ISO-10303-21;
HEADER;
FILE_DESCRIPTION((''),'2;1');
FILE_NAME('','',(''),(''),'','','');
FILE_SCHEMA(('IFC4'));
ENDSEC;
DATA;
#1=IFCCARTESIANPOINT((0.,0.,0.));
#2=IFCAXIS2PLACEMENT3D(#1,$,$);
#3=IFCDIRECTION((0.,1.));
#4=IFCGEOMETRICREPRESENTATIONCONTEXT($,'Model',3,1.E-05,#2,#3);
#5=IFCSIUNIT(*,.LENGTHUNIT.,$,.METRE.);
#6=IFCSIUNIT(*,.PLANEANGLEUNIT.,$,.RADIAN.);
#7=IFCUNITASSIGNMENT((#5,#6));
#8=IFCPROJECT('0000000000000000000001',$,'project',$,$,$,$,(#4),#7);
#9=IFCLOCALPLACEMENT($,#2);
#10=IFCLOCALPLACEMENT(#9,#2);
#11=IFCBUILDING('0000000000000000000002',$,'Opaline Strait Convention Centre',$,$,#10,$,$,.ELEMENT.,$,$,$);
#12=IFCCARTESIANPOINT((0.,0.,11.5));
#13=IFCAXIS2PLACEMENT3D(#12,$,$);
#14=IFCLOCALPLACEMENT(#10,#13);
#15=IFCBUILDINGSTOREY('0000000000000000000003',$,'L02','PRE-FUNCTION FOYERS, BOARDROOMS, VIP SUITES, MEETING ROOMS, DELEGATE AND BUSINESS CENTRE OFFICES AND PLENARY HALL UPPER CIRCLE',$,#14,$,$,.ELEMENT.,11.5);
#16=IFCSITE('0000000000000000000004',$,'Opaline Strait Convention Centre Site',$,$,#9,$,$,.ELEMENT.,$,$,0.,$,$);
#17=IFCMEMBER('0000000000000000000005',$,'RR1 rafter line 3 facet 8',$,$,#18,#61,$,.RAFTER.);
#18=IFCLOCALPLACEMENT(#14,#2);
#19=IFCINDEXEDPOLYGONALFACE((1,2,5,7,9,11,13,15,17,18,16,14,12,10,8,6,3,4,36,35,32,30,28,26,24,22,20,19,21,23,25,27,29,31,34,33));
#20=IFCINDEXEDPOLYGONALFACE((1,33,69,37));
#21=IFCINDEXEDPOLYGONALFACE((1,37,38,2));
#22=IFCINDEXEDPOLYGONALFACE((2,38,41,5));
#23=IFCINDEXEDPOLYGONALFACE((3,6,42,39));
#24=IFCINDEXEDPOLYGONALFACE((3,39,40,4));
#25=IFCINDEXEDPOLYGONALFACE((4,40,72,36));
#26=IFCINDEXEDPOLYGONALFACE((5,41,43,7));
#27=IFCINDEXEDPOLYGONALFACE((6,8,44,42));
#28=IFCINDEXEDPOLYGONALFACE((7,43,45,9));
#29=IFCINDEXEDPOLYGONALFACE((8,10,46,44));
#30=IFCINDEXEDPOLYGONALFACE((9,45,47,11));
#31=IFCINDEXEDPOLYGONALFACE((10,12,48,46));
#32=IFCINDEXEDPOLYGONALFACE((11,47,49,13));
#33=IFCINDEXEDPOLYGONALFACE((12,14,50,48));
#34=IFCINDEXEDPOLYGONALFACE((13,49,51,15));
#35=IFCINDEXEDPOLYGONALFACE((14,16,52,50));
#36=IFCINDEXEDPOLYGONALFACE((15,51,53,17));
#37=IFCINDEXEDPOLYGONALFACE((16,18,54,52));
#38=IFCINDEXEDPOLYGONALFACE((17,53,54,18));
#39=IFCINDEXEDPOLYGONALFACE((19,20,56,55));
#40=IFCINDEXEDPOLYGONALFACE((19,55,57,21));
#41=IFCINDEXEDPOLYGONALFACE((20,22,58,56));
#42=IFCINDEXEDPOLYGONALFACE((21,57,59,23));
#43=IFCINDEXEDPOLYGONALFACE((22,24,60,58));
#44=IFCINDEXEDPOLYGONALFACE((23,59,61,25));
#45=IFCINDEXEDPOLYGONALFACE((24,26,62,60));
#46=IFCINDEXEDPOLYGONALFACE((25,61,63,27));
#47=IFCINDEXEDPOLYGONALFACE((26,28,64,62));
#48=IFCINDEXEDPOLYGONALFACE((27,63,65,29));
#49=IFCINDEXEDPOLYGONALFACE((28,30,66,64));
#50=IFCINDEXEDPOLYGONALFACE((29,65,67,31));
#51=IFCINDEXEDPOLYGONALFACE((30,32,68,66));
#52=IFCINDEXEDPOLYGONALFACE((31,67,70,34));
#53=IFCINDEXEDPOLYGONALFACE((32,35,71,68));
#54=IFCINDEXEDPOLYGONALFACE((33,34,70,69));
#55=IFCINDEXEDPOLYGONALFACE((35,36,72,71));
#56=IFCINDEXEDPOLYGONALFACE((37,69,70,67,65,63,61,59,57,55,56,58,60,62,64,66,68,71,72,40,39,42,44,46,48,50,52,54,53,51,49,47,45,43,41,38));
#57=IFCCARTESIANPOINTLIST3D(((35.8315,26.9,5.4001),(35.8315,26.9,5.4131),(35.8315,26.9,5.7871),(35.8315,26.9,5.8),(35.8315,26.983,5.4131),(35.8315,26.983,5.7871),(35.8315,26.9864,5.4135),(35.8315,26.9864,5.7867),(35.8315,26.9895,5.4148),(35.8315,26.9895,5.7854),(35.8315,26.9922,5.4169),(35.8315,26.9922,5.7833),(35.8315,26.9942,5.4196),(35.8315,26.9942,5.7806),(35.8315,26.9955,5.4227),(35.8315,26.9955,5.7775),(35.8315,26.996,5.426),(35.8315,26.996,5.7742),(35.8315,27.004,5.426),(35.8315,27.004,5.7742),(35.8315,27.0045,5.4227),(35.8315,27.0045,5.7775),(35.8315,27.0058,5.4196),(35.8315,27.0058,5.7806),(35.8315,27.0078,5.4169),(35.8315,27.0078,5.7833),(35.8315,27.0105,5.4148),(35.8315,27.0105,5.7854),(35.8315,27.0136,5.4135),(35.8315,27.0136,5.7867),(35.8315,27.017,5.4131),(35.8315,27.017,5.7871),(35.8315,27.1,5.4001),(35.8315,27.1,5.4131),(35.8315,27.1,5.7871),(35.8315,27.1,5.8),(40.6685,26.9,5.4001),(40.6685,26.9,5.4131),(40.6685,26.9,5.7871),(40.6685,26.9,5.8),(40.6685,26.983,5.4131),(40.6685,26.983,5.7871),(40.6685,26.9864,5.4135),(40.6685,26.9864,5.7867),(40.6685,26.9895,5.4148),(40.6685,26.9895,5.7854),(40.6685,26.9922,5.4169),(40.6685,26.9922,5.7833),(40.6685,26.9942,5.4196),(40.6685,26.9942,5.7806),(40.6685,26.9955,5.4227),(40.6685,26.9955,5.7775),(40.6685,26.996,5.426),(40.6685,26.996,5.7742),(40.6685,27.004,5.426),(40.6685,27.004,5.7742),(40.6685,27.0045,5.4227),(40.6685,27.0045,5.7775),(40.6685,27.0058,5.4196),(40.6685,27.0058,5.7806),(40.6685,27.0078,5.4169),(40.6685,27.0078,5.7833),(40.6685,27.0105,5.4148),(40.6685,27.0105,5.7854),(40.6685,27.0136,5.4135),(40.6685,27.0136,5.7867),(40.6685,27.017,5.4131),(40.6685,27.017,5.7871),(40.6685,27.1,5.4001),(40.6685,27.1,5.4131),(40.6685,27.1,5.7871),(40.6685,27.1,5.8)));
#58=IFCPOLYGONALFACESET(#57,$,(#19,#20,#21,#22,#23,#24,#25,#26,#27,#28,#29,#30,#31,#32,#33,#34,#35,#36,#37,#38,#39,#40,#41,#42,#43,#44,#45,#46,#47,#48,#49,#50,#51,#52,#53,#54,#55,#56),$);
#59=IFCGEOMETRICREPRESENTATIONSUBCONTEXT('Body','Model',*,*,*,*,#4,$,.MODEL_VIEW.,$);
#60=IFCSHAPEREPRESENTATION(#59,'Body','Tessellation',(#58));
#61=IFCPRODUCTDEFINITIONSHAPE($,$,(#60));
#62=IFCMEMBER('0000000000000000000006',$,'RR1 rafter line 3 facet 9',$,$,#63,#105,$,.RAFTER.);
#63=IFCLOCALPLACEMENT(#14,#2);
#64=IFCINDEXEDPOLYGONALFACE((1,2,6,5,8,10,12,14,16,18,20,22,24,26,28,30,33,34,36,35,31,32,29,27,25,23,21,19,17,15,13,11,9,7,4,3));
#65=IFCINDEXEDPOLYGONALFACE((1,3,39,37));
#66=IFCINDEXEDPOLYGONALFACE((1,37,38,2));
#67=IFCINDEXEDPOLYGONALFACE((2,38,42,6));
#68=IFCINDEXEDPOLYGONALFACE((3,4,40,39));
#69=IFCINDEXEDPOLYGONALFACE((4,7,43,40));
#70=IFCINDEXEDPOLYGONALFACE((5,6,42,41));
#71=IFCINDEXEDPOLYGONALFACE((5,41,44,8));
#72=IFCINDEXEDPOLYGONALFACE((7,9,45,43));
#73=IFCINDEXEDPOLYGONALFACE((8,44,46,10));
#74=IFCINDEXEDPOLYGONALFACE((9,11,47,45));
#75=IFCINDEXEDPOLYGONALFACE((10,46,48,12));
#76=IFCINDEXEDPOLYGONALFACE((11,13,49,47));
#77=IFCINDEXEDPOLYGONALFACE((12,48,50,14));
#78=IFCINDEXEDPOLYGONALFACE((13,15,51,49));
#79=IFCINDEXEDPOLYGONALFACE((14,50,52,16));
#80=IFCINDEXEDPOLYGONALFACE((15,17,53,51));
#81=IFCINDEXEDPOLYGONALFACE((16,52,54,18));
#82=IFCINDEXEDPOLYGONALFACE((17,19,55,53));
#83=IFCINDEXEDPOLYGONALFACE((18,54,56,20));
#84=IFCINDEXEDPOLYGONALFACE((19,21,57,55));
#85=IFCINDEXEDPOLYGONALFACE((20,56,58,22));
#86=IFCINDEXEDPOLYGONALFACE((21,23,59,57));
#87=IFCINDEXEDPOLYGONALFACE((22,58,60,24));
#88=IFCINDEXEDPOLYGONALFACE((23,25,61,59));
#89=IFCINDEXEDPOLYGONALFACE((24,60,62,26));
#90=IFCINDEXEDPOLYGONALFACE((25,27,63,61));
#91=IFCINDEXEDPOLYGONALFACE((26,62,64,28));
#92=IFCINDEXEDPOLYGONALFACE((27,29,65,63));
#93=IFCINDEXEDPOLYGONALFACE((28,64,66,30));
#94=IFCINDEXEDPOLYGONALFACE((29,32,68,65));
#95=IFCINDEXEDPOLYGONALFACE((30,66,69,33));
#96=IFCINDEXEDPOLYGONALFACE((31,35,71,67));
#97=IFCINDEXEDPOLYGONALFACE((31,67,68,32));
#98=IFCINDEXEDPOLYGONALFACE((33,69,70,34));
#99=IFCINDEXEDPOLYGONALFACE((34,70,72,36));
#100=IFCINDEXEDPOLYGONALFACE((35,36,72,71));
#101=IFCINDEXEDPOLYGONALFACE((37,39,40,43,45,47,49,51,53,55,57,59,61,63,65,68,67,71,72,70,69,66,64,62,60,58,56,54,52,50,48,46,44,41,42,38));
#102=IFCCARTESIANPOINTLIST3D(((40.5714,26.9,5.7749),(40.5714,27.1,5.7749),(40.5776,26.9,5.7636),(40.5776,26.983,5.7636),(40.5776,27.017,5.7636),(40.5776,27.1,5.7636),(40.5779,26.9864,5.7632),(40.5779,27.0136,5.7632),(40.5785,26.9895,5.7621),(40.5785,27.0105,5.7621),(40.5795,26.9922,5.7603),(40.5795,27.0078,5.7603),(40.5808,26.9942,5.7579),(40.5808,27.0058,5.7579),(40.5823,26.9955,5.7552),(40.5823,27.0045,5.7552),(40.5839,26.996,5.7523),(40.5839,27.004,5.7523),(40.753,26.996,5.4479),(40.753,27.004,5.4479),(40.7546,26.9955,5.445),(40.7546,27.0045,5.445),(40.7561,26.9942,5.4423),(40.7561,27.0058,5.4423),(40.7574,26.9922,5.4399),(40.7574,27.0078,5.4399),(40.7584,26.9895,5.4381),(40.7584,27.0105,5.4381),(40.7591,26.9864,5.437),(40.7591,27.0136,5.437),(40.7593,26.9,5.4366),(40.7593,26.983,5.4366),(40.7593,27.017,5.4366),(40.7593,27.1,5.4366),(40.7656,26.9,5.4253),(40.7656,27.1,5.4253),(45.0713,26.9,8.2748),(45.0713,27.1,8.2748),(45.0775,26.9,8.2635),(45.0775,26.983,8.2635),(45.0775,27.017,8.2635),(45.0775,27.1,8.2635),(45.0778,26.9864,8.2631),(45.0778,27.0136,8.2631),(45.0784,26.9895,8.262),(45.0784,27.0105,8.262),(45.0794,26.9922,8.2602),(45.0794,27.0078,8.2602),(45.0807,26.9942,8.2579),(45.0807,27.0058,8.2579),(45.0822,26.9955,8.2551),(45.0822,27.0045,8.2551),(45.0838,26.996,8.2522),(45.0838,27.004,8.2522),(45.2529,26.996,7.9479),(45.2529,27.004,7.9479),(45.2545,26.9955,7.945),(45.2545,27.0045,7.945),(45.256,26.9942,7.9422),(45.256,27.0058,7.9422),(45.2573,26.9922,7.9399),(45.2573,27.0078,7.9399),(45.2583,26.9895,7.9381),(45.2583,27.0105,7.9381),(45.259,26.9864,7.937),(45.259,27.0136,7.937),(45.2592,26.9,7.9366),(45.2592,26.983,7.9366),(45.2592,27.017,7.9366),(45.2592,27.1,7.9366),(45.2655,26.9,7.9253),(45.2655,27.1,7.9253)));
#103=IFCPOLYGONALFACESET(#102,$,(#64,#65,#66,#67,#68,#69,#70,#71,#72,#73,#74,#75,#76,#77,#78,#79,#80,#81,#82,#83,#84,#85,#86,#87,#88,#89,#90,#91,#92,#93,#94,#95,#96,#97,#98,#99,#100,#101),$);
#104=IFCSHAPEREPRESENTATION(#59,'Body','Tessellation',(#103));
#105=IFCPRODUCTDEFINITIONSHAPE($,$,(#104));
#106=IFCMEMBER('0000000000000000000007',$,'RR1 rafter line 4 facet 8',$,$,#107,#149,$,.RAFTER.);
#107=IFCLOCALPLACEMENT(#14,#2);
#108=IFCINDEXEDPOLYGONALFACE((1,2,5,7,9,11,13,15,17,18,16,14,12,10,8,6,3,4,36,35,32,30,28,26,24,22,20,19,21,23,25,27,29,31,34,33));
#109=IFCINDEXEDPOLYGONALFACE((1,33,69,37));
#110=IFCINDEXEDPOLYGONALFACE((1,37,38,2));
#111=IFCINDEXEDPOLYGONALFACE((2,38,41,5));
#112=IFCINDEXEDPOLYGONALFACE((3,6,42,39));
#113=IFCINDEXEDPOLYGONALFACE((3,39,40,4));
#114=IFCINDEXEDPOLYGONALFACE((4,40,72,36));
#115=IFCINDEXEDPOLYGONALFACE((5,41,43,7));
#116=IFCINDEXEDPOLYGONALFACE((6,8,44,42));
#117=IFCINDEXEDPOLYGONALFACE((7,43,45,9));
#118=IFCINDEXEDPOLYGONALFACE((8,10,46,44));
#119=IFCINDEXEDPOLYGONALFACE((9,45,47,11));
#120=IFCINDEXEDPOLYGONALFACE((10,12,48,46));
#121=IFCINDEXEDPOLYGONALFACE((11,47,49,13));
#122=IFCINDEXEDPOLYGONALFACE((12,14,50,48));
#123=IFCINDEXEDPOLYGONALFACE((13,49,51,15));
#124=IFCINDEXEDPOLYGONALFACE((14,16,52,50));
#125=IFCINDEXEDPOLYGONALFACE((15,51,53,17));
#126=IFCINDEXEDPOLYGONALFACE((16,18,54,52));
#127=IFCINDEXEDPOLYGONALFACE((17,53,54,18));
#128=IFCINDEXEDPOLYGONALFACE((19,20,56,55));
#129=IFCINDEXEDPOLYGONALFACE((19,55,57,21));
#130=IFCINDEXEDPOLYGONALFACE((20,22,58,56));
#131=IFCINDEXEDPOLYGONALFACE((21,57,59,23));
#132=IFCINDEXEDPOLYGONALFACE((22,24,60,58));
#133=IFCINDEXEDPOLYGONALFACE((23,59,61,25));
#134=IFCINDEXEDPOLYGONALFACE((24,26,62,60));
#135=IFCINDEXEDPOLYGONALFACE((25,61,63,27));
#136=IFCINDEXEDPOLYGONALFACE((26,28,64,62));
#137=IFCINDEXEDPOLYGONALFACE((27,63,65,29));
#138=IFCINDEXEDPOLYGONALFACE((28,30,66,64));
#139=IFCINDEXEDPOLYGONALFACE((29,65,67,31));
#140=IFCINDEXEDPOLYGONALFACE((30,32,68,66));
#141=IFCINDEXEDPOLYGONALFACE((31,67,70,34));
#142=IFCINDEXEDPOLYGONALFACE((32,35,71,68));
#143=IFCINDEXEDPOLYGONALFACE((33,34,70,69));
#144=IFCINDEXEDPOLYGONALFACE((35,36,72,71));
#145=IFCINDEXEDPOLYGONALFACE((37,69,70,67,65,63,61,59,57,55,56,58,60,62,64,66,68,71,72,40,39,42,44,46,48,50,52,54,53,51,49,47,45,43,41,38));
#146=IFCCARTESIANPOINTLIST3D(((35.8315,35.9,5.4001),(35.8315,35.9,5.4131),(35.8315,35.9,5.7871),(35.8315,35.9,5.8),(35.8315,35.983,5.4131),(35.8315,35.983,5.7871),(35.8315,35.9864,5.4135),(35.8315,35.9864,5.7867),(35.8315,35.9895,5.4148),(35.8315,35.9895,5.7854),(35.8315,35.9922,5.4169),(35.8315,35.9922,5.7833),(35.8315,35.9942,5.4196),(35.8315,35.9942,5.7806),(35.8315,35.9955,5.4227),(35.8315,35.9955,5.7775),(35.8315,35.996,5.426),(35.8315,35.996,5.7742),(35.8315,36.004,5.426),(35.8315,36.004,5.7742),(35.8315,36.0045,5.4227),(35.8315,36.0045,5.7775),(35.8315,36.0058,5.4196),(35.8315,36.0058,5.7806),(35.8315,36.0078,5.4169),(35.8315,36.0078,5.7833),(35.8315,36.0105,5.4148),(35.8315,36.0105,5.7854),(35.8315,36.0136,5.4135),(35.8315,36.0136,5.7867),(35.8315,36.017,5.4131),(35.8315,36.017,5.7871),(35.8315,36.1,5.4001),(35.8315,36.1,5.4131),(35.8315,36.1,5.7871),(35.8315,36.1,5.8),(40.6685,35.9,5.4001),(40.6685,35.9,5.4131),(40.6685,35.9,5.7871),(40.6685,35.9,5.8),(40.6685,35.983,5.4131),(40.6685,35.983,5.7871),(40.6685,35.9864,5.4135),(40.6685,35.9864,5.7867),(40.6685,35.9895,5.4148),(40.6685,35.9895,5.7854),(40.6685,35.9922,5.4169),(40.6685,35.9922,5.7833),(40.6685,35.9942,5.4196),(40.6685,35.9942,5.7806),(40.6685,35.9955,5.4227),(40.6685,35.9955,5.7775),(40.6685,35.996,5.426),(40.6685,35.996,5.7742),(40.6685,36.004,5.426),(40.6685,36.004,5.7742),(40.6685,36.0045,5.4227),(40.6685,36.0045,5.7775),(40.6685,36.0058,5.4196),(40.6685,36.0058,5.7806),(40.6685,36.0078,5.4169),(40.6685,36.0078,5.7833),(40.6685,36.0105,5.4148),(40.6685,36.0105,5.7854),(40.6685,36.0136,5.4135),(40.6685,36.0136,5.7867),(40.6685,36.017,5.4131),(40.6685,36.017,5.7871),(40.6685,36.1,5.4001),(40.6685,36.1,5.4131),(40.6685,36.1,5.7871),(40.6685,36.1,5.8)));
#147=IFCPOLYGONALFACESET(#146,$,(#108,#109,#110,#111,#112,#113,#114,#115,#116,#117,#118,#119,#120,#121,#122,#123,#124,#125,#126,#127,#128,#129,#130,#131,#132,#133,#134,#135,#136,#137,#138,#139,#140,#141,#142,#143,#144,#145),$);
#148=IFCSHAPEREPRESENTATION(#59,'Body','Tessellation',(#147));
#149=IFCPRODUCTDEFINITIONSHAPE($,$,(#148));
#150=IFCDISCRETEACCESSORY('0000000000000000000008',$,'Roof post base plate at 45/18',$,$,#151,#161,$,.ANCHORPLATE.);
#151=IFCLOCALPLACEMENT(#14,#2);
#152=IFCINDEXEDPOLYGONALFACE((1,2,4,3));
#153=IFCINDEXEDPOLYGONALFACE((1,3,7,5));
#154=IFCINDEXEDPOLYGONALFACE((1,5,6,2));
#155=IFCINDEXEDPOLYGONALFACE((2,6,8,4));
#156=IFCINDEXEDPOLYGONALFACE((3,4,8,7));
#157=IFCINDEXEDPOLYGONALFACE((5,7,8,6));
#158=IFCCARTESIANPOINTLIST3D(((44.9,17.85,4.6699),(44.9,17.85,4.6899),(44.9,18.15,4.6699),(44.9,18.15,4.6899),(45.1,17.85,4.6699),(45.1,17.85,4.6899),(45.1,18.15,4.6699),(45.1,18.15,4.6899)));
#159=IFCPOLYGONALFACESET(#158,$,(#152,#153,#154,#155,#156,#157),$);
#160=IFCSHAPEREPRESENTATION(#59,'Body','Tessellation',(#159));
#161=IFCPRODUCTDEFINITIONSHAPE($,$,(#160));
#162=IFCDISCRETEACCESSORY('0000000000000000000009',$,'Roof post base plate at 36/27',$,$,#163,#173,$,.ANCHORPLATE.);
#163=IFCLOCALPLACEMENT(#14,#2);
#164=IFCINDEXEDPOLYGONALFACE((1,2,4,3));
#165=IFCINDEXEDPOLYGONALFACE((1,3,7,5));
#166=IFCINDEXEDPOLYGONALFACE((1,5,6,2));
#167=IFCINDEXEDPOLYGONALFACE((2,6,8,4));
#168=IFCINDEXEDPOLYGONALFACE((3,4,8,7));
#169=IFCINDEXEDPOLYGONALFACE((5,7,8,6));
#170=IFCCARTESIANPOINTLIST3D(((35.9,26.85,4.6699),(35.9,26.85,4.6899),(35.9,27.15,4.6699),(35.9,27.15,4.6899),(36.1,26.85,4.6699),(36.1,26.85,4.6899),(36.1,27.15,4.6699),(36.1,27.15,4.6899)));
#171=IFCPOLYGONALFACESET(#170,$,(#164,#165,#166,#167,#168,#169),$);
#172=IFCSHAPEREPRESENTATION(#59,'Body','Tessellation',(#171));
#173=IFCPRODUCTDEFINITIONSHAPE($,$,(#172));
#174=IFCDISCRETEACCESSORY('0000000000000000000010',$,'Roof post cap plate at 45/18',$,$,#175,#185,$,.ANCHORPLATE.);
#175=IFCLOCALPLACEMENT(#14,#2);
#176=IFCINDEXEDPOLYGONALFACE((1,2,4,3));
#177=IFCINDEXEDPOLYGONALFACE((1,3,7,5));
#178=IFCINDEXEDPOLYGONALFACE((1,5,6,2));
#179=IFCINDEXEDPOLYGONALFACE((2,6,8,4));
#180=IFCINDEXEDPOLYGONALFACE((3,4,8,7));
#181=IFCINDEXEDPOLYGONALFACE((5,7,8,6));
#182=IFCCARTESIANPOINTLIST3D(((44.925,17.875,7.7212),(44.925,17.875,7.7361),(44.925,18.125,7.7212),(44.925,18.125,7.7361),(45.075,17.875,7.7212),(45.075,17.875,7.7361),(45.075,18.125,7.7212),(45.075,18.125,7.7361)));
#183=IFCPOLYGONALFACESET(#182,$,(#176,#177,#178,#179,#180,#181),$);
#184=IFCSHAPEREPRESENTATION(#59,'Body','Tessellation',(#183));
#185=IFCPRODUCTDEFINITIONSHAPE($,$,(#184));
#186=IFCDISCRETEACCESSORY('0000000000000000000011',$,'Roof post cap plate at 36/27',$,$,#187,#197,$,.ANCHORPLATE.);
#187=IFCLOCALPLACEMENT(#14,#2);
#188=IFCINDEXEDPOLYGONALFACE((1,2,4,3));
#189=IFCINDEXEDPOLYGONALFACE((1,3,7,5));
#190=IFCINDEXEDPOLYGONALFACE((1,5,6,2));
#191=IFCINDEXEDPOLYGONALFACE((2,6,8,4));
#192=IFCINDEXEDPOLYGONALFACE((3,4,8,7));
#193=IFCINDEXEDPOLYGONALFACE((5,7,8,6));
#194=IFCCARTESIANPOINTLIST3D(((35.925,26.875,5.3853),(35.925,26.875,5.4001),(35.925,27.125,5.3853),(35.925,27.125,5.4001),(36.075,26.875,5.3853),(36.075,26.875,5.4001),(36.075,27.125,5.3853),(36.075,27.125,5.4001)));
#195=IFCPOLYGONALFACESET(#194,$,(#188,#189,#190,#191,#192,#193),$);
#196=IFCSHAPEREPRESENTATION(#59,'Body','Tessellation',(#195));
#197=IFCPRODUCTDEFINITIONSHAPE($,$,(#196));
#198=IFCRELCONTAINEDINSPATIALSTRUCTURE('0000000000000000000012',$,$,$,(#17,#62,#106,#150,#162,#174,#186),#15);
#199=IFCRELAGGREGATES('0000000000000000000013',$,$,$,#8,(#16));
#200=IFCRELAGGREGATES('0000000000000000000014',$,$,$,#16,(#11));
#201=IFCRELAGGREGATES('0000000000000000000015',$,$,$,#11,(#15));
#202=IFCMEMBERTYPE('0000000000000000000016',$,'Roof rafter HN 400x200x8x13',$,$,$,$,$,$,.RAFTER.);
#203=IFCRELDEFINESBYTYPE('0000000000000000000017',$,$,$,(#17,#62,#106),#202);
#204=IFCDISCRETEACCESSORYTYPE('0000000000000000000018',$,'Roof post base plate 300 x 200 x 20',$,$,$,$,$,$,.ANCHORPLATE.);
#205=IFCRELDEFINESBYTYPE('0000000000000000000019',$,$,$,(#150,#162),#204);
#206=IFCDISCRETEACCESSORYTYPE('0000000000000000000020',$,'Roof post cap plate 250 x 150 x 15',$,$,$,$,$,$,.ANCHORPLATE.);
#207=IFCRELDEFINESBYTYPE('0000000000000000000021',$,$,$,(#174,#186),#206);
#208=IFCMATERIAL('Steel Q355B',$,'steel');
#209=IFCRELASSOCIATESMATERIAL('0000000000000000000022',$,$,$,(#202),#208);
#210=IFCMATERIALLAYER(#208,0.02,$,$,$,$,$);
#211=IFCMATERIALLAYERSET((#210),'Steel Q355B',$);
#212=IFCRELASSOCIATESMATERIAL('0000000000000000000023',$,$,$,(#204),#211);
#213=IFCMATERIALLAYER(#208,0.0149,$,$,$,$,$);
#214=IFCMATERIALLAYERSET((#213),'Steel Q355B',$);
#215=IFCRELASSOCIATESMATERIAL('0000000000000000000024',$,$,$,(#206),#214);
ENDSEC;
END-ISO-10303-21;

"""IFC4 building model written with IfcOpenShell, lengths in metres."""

from ifc_helpers import new_model, si_unit, direction, frame, origin, origin_2d, place, context, subcontext, project, spatial, rectangle, i_section, extrude, material, layer, layer_set, material_profile, profile_set, type_object, element, save


model = new_model("IFC4")

# Units and contexts
model_context = context("Model", 3, precision=1e-05, world=origin(), true_north=direction((0.0, 1.0)))
body_context = subcontext(model_context, "Body", "Model", "MODEL_VIEW")
ifc_project = project(units=[si_unit("LENGTHUNIT", "METRE"), si_unit("PLANEANGLEUNIT", "RADIAN")], contexts=[model_context])

# Site, building, storey
site_placement = place(None, origin())
site = spatial("IfcSite", under=ifc_project, at=site_placement, Name="Opaline Strait Convention Centre Site", CompositionType="ELEMENT", RefElevation=0.0)
building_placement = place(site_placement, origin())
building = spatial("IfcBuilding", under=site, at=building_placement, Name="Opaline Strait Convention Centre", CompositionType="ELEMENT")
storey_placement = place(building_placement, frame((0.0, 0.0, 11.5)))
storey = spatial("IfcBuildingStorey", under=building, at=storey_placement, Name="L02", Description="PRE-FUNCTION FOYERS, BOARDROOMS, VIP SUITES, MEETING ROOMS, DELEGATE AND BUSINESS CENTRE OFFICES AND PLENARY HALL UPPER CIRCLE", CompositionType="ELEMENT", Elevation=11.5)

# Shared definitions
ifc_material_1 = material(Name="Steel Q355B", Category="steel")

# Members
ifc_material_profile_1 = material_profile(ifc_material_1, i_section(OverallWidth=0.2, OverallDepth=0.3999, WebThickness=0.0081, FlangeThickness=0.0129, FilletRadius=0.0129, at=origin_2d()), Name="HN 400x200x8x13")
ifc_profile_set_1 = profile_set([ifc_material_profile_1], Name="Steel Q355B")
member_type_1 = type_object("IfcMemberType", Name="Roof rafter HN 400x200x8x13", PredefinedType="RAFTER", material=ifc_profile_set_1)
member_1_placement = place(storey_placement, frame((35.8315, 27.0, 5.6001), z_axis=(1.0, 0.0, 0.0), x_axis=(0.0, 1.0, 0.0)))
element("IfcMember", 1, at=member_1_placement, inside=storey, type_object=member_type_1, Name="RR1 rafter line 3 facet 8", PredefinedType="RAFTER", context=body_context, shape_type="SweptSolid", body=[
    extrude(i_section(OverallWidth=0.2, OverallDepth=0.3999, WebThickness=0.0081, FlangeThickness=0.0129, FilletRadius=0.0129, at=origin_2d()), origin(), (0.0, 0.0, 1.0), 4.8369),
])
member_2_placement = place(storey_placement, frame((40.6685, 27.0, 5.6001), z_axis=(0.874157, 0.0, 0.485643), x_axis=(0.0, 1.0, 0.0)))
element("IfcMember", 2, at=member_2_placement, inside=storey, type_object=member_type_1, Name="RR1 rafter line 3 facet 9", PredefinedType="RAFTER", context=body_context, shape_type="SweptSolid", body=[
    extrude(i_section(OverallWidth=0.2, OverallDepth=0.3999, WebThickness=0.0081, FlangeThickness=0.0129, FilletRadius=0.0129, at=origin_2d()), origin(), (0.0, 0.0, 1.0), 5.1477),
])
member_3_placement = place(storey_placement, frame((35.8315, 36.0, 5.6001), z_axis=(1.0, 0.0, 0.0), x_axis=(0.0, 1.0, 0.0)))
element("IfcMember", 3, at=member_3_placement, inside=storey, type_object=member_type_1, Name="RR1 rafter line 4 facet 8", PredefinedType="RAFTER", context=body_context, shape_type="SweptSolid", body=[
    extrude(i_section(OverallWidth=0.2, OverallDepth=0.3999, WebThickness=0.0081, FlangeThickness=0.0129, FilletRadius=0.0129, at=origin_2d()), origin(), (0.0, 0.0, 1.0), 4.8369),
])

# Discrete accessories
ifc_layer_1 = layer(ifc_material_1, 0.02)
ifc_layer_set_1 = layer_set([ifc_layer_1], Name="Steel Q355B")
discrete_accessory_type_1 = type_object("IfcDiscreteAccessoryType", Name="Roof post base plate 300 x 200 x 20", PredefinedType="ANCHORPLATE", material=ifc_layer_set_1)
for number, where, z_axis, x_axis, name in (
    (4, (45.0, 18.0, 4.6699), (0.0, 0.0, 1.0), (1.0, 0.0, 0.0), "Roof post base plate at 45/18"),
    (5, (36.0, 27.0, 4.6699), (0.0, 0.0, 1.0), (1.0, 0.0, 0.0), "Roof post base plate at 36/27"),
):
    element("IfcDiscreteAccessory", number, at=place(storey_placement, frame(where, z_axis=z_axis, x_axis=x_axis)), inside=storey, type_object=discrete_accessory_type_1, Name=name, PredefinedType="ANCHORPLATE", context=body_context, shape_type="SweptSolid", body=[
        extrude(rectangle(XDim=0.2, YDim=0.3, at=origin_2d()), origin(), (0.0, 0.0, 1.0), 0.02),
    ])
ifc_layer_2 = layer(ifc_material_1, 0.0149)
ifc_layer_set_2 = layer_set([ifc_layer_2], Name="Steel Q355B")
discrete_accessory_type_2 = type_object("IfcDiscreteAccessoryType", Name="Roof post cap plate 250 x 150 x 15", PredefinedType="ANCHORPLATE", material=ifc_layer_set_2)
for number, where, z_axis, x_axis, name in (
    (6, (45.0, 18.0, 7.7212), (0.0, 0.0, 1.0), (1.0, 0.0, 0.0), "Roof post cap plate at 45/18"),
    (7, (36.0, 27.0, 5.3853), (0.0, 0.0, 1.0), (1.0, 0.0, 0.0), "Roof post cap plate at 36/27"),
):
    element("IfcDiscreteAccessory", number, at=place(storey_placement, frame(where, z_axis=z_axis, x_axis=x_axis)), inside=storey, type_object=discrete_accessory_type_2, Name=name, PredefinedType="ANCHORPLATE", context=body_context, shape_type="SweptSolid", body=[
        extrude(rectangle(XDim=0.1499, YDim=0.25, at=origin_2d()), origin(), (0.0, 0.0, 1.0), 0.0149),
    ])

save(model, "model.ifc")
